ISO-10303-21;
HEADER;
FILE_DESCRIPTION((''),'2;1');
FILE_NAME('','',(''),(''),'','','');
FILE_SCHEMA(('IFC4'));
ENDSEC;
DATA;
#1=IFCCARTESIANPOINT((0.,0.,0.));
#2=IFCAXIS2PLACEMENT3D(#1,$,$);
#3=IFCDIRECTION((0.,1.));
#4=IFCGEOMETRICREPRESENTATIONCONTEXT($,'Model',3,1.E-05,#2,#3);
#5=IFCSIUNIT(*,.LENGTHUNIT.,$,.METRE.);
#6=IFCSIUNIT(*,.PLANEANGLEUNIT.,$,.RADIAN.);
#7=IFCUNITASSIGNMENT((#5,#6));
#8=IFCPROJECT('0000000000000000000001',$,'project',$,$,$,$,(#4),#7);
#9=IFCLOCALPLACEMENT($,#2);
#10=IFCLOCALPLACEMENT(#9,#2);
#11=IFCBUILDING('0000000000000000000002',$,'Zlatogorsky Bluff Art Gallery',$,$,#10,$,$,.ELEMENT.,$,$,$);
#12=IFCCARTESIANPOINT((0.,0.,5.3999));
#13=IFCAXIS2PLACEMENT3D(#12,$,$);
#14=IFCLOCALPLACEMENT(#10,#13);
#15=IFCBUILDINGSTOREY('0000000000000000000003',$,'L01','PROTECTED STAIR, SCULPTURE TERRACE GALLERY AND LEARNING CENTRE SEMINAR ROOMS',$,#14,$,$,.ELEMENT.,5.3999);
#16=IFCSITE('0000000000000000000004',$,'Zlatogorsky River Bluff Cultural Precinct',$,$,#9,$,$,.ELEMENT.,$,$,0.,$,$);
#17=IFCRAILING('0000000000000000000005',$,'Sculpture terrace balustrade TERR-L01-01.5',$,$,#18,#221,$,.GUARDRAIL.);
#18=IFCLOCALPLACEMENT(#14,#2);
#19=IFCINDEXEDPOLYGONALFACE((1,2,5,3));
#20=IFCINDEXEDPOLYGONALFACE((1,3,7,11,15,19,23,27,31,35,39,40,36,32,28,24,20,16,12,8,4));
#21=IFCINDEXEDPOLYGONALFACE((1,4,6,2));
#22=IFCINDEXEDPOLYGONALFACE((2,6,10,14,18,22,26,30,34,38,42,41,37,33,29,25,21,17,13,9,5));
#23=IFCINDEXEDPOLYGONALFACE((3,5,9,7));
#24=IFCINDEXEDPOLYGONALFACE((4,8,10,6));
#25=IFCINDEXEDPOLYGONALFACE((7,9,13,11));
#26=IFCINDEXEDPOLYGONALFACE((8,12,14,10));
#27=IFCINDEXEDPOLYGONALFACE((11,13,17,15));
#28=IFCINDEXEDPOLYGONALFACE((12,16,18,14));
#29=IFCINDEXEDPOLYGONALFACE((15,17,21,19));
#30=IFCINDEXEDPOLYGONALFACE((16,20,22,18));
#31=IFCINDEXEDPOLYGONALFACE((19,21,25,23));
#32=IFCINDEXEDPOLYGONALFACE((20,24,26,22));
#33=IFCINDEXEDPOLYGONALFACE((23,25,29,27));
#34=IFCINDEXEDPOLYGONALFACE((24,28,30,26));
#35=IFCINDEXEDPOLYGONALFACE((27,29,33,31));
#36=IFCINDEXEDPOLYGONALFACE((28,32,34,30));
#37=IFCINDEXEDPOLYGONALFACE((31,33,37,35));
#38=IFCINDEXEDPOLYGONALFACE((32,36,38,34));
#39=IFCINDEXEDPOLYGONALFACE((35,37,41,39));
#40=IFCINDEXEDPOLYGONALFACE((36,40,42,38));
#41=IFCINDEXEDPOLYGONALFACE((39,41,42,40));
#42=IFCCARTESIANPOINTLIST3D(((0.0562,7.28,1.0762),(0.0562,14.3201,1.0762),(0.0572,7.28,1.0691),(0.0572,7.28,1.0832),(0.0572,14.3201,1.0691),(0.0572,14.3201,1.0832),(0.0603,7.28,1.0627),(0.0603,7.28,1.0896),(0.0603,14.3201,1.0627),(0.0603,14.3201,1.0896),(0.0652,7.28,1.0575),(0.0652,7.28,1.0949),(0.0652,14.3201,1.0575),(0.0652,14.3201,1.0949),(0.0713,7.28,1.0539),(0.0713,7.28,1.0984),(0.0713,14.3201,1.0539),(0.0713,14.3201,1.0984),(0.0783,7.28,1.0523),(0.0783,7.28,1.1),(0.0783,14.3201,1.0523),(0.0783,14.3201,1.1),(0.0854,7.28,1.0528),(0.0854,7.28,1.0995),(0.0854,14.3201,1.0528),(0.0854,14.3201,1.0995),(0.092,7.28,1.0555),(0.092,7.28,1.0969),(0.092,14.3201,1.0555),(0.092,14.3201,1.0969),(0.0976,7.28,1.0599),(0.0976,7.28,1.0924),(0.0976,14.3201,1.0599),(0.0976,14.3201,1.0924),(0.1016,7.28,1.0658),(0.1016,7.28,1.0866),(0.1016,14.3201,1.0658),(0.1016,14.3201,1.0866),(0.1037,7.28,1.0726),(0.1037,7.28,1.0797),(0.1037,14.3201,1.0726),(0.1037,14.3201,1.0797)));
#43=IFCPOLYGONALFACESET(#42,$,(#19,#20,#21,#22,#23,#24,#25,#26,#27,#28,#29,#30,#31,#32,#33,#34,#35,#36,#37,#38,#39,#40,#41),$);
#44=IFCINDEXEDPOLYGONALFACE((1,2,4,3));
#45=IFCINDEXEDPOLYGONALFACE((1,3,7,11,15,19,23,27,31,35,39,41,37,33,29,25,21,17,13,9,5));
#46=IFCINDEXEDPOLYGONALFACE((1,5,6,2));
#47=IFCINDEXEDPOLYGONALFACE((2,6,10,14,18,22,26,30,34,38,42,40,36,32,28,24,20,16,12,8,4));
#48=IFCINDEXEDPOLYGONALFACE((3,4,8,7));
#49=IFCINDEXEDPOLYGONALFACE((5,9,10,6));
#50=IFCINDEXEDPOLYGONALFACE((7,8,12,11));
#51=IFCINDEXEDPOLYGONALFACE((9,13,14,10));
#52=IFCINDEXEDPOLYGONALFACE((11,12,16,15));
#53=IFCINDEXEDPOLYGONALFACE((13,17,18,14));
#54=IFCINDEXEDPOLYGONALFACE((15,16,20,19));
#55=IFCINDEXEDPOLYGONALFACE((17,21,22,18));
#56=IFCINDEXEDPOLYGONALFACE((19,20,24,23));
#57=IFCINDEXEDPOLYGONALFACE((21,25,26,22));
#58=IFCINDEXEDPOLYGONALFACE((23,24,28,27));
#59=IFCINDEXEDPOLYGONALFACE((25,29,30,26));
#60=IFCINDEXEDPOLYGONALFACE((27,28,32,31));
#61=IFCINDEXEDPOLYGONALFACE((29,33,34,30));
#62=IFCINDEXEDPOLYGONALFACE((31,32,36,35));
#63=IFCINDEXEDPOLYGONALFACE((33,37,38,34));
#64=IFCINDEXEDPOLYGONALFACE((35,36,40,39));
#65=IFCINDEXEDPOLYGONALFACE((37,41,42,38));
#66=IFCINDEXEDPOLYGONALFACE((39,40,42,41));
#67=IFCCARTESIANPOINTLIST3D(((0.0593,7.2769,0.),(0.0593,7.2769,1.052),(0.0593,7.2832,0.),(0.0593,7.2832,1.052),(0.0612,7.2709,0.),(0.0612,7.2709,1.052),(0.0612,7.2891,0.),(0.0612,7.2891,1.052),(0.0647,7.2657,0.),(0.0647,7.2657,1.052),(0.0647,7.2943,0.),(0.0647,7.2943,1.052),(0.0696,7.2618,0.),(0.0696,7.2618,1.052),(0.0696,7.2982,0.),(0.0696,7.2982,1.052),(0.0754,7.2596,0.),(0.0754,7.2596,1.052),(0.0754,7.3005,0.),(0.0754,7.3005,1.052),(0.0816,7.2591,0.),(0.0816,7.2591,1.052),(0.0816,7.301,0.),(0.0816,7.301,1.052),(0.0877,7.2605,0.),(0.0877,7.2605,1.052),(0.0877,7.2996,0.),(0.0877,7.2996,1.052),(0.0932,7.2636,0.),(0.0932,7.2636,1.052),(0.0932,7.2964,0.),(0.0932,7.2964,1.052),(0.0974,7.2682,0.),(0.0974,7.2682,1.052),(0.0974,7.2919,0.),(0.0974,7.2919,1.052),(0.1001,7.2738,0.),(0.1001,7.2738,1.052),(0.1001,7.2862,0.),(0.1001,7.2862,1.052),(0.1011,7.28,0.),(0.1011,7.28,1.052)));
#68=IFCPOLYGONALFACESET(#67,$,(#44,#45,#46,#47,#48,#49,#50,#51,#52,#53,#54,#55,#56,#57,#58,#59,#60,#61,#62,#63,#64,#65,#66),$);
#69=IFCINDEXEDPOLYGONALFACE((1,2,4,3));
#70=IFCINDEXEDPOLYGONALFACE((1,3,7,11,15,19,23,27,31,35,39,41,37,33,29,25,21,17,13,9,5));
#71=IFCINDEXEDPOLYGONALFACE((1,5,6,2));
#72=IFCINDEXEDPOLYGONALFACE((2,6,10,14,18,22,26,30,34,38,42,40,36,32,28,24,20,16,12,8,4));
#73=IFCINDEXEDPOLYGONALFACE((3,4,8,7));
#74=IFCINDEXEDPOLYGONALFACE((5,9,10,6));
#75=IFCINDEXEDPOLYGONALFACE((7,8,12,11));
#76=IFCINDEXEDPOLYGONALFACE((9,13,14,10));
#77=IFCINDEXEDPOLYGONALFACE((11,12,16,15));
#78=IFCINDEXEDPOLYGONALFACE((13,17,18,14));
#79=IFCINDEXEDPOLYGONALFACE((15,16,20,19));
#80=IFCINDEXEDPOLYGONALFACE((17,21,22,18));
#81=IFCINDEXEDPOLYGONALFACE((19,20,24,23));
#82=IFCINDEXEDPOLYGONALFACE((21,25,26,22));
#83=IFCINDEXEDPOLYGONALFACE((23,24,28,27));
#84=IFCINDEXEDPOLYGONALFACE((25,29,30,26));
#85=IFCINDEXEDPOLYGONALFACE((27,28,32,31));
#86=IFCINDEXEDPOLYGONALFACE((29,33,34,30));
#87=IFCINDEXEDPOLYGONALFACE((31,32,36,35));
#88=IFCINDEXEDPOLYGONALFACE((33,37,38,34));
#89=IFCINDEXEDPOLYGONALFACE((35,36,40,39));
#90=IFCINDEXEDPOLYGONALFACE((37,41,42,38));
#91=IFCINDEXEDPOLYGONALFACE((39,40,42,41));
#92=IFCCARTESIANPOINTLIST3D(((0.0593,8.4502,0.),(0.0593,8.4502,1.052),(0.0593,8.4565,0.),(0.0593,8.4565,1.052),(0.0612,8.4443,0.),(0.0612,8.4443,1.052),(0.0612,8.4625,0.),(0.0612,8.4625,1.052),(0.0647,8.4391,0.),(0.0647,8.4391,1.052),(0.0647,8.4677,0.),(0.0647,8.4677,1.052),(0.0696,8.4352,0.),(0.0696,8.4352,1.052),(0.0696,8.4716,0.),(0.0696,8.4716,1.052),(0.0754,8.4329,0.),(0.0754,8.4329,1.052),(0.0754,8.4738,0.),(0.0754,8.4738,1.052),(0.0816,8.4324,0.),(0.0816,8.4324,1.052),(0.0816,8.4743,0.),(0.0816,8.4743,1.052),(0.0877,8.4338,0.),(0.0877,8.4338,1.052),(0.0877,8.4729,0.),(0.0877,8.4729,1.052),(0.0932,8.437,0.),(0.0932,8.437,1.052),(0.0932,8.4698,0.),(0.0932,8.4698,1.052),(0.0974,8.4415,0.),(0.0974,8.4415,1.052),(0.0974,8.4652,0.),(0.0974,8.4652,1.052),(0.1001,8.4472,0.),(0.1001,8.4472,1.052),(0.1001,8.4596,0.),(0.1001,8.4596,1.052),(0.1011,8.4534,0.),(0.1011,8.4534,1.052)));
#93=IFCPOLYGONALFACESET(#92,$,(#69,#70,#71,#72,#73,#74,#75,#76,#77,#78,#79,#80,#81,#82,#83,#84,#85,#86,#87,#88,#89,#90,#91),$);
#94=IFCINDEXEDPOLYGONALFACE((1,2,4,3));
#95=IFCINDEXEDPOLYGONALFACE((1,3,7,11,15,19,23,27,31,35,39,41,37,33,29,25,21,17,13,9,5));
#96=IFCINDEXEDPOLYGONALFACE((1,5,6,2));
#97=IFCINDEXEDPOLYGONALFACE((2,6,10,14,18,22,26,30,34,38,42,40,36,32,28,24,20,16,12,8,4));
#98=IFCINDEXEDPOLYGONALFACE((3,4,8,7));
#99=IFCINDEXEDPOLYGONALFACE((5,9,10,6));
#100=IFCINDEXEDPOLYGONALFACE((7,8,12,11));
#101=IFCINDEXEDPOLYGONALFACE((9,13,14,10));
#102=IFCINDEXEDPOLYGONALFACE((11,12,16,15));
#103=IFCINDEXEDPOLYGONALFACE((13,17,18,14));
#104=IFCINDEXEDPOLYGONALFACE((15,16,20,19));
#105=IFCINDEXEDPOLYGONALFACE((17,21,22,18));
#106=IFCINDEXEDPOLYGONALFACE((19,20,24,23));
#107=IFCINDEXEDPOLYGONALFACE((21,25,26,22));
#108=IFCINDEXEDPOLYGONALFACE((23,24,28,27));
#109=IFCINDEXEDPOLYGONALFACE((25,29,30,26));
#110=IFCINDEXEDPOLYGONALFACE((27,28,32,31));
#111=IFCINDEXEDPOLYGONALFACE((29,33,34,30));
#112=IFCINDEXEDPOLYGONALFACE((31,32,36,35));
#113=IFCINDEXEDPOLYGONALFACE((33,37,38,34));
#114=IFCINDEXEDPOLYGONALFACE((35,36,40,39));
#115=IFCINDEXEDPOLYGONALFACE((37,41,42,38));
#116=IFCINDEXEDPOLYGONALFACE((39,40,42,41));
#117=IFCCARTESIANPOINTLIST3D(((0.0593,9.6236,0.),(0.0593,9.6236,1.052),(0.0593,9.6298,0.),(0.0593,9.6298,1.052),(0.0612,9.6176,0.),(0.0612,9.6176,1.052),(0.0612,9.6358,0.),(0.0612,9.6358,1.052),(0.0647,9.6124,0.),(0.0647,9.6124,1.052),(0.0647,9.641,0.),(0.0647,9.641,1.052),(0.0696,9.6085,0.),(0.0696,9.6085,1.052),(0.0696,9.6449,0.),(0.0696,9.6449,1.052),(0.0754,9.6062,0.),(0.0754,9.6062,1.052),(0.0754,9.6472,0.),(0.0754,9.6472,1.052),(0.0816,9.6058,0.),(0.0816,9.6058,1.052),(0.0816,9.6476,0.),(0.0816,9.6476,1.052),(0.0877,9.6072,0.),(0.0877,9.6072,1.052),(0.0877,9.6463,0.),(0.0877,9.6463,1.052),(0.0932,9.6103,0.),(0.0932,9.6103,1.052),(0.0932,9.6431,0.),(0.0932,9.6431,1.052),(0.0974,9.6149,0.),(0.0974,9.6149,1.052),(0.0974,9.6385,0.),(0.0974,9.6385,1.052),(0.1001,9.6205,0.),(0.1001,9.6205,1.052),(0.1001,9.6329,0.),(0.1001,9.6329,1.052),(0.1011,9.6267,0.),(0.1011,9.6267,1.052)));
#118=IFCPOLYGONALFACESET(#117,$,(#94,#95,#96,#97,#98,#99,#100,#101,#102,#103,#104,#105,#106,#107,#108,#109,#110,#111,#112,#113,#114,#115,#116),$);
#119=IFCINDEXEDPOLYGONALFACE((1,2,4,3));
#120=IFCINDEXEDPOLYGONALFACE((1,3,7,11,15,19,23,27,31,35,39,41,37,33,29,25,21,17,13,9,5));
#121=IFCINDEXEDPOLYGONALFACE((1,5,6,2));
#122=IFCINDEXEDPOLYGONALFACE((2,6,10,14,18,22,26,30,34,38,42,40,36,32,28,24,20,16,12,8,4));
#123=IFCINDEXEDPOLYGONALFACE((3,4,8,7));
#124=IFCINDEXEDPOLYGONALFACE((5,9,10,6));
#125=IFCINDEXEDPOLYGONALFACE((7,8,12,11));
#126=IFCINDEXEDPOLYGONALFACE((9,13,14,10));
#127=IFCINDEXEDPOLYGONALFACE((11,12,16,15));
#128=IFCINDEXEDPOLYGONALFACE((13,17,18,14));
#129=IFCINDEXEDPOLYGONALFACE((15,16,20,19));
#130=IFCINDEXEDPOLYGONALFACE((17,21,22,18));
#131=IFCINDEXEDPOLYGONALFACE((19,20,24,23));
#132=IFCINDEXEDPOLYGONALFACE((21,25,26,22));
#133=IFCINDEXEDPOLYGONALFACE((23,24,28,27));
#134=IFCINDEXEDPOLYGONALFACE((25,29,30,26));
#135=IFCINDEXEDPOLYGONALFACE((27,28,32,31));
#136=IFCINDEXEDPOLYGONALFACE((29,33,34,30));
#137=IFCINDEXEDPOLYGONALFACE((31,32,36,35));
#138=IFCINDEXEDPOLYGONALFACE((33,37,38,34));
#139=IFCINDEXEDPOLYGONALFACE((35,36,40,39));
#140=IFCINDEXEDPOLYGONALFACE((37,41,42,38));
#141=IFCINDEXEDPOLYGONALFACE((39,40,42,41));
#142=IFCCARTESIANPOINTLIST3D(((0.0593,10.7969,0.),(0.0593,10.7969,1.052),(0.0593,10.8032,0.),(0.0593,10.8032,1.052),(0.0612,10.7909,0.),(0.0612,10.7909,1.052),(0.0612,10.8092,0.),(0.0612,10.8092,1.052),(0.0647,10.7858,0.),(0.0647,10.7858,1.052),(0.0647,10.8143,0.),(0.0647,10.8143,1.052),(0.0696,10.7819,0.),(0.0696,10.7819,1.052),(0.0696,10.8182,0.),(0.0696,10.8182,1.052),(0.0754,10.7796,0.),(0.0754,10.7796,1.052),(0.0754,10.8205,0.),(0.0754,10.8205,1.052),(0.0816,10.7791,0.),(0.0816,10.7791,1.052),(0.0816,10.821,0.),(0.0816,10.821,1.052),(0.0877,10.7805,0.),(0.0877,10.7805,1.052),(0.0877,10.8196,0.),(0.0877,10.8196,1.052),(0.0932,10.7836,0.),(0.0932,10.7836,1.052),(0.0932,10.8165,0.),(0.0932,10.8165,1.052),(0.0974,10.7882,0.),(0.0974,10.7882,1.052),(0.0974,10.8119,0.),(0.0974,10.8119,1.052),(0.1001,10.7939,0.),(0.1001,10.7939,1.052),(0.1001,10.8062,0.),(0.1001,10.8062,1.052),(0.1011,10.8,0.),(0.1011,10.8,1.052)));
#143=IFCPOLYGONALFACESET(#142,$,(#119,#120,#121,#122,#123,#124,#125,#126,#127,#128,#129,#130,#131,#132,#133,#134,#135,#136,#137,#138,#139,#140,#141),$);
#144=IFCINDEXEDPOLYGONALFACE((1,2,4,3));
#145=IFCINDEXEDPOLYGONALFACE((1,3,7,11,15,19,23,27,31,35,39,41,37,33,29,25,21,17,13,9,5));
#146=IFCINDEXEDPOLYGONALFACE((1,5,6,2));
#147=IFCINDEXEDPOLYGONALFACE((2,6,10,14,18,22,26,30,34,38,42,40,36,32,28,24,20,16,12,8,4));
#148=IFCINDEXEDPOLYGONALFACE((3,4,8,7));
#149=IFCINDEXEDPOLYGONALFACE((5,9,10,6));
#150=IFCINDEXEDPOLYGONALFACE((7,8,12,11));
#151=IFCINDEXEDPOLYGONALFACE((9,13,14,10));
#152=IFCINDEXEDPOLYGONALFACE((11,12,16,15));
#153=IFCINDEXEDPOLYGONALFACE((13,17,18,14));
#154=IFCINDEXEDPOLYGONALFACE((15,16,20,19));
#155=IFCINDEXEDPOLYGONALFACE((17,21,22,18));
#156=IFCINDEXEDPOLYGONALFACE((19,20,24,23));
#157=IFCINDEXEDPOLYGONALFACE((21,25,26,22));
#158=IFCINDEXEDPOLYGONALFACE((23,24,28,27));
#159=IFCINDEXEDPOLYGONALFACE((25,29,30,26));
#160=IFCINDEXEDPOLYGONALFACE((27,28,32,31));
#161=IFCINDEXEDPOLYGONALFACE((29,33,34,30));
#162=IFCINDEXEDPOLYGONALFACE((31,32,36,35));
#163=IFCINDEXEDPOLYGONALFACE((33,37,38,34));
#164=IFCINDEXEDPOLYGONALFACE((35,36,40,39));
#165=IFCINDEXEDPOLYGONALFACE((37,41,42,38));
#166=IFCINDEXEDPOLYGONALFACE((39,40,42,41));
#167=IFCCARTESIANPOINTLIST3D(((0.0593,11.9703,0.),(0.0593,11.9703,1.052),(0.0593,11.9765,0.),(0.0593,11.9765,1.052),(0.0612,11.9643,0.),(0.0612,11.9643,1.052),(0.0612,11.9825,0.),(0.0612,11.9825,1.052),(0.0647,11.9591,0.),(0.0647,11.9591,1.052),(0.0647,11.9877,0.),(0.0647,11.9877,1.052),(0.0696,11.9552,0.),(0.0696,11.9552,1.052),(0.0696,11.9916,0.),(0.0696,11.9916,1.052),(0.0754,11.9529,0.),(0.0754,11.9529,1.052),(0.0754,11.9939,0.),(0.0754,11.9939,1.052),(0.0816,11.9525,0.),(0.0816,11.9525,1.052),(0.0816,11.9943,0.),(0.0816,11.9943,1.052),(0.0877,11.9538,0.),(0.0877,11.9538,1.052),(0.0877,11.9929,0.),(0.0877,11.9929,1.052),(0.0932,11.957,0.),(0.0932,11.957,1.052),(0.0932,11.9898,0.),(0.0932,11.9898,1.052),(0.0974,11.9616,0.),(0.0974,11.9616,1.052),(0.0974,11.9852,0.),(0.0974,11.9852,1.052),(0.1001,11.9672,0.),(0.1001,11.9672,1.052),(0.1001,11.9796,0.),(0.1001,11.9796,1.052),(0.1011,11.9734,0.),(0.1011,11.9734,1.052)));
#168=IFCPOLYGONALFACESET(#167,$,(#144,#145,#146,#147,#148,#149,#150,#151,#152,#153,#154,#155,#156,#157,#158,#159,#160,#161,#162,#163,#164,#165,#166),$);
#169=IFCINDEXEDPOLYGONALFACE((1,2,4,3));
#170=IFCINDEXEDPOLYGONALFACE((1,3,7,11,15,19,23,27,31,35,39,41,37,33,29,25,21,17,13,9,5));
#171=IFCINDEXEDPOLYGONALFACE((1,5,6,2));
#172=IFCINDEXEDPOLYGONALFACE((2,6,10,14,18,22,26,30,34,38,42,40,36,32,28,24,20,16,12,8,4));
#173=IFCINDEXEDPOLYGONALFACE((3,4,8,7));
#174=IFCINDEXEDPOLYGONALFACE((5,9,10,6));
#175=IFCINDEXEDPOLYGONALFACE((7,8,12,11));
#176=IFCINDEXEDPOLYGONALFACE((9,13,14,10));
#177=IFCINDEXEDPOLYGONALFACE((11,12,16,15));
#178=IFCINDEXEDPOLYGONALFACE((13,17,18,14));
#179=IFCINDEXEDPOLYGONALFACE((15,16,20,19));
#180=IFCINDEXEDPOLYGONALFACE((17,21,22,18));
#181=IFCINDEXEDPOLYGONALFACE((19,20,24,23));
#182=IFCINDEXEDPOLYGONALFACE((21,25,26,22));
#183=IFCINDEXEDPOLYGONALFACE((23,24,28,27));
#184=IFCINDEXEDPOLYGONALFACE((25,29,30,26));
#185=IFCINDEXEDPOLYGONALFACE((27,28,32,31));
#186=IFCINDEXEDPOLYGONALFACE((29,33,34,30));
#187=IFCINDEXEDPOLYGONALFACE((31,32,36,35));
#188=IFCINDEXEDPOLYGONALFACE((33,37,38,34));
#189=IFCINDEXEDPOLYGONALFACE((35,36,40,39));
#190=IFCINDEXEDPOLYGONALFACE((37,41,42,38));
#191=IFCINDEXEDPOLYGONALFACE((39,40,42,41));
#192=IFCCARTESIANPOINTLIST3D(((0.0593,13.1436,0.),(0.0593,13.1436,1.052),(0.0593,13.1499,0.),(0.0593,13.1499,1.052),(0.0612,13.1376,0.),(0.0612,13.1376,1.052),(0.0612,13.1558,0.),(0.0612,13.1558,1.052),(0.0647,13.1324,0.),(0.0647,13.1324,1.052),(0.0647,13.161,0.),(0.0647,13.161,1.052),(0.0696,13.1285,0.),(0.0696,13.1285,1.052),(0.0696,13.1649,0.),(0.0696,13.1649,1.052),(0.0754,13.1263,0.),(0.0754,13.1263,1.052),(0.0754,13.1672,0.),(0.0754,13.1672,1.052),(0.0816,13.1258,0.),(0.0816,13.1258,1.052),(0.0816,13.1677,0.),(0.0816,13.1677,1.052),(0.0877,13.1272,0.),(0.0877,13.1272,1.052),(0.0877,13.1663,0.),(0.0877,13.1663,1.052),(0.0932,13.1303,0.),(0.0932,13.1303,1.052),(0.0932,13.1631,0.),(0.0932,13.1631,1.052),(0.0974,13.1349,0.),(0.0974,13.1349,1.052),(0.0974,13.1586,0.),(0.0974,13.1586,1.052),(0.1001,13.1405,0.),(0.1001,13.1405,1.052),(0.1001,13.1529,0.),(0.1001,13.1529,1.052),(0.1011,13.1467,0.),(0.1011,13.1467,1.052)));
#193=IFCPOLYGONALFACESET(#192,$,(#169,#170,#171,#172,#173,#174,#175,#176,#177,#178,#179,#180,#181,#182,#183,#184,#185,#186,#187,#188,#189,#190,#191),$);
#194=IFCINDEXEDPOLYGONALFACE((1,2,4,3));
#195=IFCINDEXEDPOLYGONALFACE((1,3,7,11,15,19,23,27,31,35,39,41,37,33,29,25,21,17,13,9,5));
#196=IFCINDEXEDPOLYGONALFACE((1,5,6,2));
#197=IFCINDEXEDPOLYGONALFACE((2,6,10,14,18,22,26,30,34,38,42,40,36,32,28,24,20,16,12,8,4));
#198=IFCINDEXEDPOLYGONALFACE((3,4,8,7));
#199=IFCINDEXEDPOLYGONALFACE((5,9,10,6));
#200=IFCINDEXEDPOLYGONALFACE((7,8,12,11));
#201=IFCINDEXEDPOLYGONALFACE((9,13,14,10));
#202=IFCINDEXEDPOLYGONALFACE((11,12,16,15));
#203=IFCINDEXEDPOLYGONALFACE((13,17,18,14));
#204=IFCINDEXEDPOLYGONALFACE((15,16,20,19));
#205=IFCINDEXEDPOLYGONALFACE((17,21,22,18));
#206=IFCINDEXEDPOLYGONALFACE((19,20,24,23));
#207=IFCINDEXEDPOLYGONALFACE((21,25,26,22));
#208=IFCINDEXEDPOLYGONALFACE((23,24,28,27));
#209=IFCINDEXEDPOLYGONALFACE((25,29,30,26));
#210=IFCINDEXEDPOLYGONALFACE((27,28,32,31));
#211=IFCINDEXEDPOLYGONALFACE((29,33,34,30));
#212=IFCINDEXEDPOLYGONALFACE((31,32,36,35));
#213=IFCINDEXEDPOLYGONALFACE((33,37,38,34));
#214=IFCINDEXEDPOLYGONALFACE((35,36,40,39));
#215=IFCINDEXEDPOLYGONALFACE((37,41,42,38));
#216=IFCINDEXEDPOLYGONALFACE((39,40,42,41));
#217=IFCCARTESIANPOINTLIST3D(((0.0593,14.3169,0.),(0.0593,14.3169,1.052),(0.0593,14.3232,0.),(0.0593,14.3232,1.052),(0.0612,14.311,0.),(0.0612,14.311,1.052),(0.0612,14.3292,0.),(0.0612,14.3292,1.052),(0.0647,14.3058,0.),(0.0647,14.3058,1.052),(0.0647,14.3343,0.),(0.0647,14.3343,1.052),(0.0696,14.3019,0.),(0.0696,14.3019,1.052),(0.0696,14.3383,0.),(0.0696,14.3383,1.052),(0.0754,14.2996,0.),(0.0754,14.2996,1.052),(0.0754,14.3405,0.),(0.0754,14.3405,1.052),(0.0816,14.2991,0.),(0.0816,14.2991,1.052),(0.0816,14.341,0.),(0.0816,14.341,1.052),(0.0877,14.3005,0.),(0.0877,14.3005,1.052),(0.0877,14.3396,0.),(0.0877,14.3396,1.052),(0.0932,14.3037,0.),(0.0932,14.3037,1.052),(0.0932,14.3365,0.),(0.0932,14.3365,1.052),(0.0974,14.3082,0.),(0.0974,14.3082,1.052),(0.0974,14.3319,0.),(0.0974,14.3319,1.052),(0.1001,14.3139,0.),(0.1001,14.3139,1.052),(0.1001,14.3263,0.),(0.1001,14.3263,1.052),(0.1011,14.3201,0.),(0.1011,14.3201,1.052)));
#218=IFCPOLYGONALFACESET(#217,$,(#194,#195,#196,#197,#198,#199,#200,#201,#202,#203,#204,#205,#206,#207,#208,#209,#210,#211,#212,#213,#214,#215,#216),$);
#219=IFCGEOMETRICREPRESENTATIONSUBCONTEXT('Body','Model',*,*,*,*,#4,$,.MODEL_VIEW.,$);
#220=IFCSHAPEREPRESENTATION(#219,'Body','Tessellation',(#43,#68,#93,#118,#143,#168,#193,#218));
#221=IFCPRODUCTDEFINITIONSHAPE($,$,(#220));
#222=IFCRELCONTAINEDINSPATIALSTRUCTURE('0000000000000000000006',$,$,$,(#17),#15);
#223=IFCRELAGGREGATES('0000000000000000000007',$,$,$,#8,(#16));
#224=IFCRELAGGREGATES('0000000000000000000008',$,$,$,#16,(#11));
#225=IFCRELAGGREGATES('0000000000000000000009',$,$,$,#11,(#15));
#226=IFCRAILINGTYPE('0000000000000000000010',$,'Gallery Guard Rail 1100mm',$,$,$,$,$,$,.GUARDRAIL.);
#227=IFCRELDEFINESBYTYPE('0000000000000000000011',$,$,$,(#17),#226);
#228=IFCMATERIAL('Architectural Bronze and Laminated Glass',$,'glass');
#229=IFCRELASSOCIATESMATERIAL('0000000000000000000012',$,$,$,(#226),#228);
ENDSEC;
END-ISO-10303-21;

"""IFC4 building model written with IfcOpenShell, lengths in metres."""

from ifc_helpers import new_model, si_unit, direction, frame, origin, origin_2d, place, context, subcontext, project, spatial, circle, extrude, material, type_object, element, save


model = new_model("IFC4")

# Units and contexts
model_context = context("Model", 3, precision=1e-05, world=origin(), true_north=direction((0.0, 1.0)))
body_context = subcontext(model_context, "Body", "Model", "MODEL_VIEW")
ifc_project = project(units=[si_unit("LENGTHUNIT", "METRE"), si_unit("PLANEANGLEUNIT", "RADIAN")], contexts=[model_context])

# Site, building, storey
site_placement = place(None, origin())
site = spatial("IfcSite", under=ifc_project, at=site_placement, Name="Zlatogorsky River Bluff Cultural Precinct", CompositionType="ELEMENT", RefElevation=0.0)
building_placement = place(site_placement, origin())
building = spatial("IfcBuilding", under=site, at=building_placement, Name="Zlatogorsky Bluff Art Gallery", CompositionType="ELEMENT")
storey_placement = place(building_placement, frame((0.0, 0.0, 5.3999)))
storey = spatial("IfcBuildingStorey", under=building, at=storey_placement, Name="L01", Description="PROTECTED STAIR, SCULPTURE TERRACE GALLERY AND LEARNING CENTRE SEMINAR ROOMS", CompositionType="ELEMENT", Elevation=5.3999)

# Railing
ifc_material_1 = material(Name="Architectural Bronze and Laminated Glass", Category="glass")
railing_type = type_object("IfcRailingType", Name="Gallery Guard Rail 1100mm", PredefinedType="GUARDRAIL", material=ifc_material_1)
railing_placement = place(storey_placement, frame((0.0801, 7.28, 0.0)))
element("IfcRailing", 1, at=railing_placement, inside=storey, type_object=railing_type, Name="Sculpture terrace balustrade TERR-L01-01.5", PredefinedType="GUARDRAIL", context=body_context, shape_type="SweptSolid", body=[
    extrude(circle(Radius=0.0239, at=origin_2d()), frame((0.0, 0.0, 1.0762), z_axis=(0.0, 1.0, 0.0), x_axis=(-1.0, 0.0, 0.0)), (0.0, 0.0, 1.0), 7.04),
    extrude(circle(Radius=0.021, at=origin_2d()), origin(), (0.0, 0.0, 1.0), 1.052),
    extrude(circle(Radius=0.021, at=origin_2d()), frame((0.0, 1.1733, 0.0)), (0.0, 0.0, 1.0), 1.052),
    extrude(circle(Radius=0.021, at=origin_2d()), frame((0.0, 2.3467, 0.0)), (0.0, 0.0, 1.0), 1.052),
    extrude(circle(Radius=0.021, at=origin_2d()), frame((0.0, 3.52, 0.0)), (0.0, 0.0, 1.0), 1.052),
    extrude(circle(Radius=0.021, at=origin_2d()), frame((0.0, 4.6934, 0.0)), (0.0, 0.0, 1.0), 1.052),
    extrude(circle(Radius=0.021, at=origin_2d()), frame((0.0, 5.8667, 0.0)), (0.0, 0.0, 1.0), 1.052),
    extrude(circle(Radius=0.021, at=origin_2d()), frame((0.0, 7.04, 0.0)), (0.0, 0.0, 1.0), 1.052),
])

save(model, "model.ifc")
